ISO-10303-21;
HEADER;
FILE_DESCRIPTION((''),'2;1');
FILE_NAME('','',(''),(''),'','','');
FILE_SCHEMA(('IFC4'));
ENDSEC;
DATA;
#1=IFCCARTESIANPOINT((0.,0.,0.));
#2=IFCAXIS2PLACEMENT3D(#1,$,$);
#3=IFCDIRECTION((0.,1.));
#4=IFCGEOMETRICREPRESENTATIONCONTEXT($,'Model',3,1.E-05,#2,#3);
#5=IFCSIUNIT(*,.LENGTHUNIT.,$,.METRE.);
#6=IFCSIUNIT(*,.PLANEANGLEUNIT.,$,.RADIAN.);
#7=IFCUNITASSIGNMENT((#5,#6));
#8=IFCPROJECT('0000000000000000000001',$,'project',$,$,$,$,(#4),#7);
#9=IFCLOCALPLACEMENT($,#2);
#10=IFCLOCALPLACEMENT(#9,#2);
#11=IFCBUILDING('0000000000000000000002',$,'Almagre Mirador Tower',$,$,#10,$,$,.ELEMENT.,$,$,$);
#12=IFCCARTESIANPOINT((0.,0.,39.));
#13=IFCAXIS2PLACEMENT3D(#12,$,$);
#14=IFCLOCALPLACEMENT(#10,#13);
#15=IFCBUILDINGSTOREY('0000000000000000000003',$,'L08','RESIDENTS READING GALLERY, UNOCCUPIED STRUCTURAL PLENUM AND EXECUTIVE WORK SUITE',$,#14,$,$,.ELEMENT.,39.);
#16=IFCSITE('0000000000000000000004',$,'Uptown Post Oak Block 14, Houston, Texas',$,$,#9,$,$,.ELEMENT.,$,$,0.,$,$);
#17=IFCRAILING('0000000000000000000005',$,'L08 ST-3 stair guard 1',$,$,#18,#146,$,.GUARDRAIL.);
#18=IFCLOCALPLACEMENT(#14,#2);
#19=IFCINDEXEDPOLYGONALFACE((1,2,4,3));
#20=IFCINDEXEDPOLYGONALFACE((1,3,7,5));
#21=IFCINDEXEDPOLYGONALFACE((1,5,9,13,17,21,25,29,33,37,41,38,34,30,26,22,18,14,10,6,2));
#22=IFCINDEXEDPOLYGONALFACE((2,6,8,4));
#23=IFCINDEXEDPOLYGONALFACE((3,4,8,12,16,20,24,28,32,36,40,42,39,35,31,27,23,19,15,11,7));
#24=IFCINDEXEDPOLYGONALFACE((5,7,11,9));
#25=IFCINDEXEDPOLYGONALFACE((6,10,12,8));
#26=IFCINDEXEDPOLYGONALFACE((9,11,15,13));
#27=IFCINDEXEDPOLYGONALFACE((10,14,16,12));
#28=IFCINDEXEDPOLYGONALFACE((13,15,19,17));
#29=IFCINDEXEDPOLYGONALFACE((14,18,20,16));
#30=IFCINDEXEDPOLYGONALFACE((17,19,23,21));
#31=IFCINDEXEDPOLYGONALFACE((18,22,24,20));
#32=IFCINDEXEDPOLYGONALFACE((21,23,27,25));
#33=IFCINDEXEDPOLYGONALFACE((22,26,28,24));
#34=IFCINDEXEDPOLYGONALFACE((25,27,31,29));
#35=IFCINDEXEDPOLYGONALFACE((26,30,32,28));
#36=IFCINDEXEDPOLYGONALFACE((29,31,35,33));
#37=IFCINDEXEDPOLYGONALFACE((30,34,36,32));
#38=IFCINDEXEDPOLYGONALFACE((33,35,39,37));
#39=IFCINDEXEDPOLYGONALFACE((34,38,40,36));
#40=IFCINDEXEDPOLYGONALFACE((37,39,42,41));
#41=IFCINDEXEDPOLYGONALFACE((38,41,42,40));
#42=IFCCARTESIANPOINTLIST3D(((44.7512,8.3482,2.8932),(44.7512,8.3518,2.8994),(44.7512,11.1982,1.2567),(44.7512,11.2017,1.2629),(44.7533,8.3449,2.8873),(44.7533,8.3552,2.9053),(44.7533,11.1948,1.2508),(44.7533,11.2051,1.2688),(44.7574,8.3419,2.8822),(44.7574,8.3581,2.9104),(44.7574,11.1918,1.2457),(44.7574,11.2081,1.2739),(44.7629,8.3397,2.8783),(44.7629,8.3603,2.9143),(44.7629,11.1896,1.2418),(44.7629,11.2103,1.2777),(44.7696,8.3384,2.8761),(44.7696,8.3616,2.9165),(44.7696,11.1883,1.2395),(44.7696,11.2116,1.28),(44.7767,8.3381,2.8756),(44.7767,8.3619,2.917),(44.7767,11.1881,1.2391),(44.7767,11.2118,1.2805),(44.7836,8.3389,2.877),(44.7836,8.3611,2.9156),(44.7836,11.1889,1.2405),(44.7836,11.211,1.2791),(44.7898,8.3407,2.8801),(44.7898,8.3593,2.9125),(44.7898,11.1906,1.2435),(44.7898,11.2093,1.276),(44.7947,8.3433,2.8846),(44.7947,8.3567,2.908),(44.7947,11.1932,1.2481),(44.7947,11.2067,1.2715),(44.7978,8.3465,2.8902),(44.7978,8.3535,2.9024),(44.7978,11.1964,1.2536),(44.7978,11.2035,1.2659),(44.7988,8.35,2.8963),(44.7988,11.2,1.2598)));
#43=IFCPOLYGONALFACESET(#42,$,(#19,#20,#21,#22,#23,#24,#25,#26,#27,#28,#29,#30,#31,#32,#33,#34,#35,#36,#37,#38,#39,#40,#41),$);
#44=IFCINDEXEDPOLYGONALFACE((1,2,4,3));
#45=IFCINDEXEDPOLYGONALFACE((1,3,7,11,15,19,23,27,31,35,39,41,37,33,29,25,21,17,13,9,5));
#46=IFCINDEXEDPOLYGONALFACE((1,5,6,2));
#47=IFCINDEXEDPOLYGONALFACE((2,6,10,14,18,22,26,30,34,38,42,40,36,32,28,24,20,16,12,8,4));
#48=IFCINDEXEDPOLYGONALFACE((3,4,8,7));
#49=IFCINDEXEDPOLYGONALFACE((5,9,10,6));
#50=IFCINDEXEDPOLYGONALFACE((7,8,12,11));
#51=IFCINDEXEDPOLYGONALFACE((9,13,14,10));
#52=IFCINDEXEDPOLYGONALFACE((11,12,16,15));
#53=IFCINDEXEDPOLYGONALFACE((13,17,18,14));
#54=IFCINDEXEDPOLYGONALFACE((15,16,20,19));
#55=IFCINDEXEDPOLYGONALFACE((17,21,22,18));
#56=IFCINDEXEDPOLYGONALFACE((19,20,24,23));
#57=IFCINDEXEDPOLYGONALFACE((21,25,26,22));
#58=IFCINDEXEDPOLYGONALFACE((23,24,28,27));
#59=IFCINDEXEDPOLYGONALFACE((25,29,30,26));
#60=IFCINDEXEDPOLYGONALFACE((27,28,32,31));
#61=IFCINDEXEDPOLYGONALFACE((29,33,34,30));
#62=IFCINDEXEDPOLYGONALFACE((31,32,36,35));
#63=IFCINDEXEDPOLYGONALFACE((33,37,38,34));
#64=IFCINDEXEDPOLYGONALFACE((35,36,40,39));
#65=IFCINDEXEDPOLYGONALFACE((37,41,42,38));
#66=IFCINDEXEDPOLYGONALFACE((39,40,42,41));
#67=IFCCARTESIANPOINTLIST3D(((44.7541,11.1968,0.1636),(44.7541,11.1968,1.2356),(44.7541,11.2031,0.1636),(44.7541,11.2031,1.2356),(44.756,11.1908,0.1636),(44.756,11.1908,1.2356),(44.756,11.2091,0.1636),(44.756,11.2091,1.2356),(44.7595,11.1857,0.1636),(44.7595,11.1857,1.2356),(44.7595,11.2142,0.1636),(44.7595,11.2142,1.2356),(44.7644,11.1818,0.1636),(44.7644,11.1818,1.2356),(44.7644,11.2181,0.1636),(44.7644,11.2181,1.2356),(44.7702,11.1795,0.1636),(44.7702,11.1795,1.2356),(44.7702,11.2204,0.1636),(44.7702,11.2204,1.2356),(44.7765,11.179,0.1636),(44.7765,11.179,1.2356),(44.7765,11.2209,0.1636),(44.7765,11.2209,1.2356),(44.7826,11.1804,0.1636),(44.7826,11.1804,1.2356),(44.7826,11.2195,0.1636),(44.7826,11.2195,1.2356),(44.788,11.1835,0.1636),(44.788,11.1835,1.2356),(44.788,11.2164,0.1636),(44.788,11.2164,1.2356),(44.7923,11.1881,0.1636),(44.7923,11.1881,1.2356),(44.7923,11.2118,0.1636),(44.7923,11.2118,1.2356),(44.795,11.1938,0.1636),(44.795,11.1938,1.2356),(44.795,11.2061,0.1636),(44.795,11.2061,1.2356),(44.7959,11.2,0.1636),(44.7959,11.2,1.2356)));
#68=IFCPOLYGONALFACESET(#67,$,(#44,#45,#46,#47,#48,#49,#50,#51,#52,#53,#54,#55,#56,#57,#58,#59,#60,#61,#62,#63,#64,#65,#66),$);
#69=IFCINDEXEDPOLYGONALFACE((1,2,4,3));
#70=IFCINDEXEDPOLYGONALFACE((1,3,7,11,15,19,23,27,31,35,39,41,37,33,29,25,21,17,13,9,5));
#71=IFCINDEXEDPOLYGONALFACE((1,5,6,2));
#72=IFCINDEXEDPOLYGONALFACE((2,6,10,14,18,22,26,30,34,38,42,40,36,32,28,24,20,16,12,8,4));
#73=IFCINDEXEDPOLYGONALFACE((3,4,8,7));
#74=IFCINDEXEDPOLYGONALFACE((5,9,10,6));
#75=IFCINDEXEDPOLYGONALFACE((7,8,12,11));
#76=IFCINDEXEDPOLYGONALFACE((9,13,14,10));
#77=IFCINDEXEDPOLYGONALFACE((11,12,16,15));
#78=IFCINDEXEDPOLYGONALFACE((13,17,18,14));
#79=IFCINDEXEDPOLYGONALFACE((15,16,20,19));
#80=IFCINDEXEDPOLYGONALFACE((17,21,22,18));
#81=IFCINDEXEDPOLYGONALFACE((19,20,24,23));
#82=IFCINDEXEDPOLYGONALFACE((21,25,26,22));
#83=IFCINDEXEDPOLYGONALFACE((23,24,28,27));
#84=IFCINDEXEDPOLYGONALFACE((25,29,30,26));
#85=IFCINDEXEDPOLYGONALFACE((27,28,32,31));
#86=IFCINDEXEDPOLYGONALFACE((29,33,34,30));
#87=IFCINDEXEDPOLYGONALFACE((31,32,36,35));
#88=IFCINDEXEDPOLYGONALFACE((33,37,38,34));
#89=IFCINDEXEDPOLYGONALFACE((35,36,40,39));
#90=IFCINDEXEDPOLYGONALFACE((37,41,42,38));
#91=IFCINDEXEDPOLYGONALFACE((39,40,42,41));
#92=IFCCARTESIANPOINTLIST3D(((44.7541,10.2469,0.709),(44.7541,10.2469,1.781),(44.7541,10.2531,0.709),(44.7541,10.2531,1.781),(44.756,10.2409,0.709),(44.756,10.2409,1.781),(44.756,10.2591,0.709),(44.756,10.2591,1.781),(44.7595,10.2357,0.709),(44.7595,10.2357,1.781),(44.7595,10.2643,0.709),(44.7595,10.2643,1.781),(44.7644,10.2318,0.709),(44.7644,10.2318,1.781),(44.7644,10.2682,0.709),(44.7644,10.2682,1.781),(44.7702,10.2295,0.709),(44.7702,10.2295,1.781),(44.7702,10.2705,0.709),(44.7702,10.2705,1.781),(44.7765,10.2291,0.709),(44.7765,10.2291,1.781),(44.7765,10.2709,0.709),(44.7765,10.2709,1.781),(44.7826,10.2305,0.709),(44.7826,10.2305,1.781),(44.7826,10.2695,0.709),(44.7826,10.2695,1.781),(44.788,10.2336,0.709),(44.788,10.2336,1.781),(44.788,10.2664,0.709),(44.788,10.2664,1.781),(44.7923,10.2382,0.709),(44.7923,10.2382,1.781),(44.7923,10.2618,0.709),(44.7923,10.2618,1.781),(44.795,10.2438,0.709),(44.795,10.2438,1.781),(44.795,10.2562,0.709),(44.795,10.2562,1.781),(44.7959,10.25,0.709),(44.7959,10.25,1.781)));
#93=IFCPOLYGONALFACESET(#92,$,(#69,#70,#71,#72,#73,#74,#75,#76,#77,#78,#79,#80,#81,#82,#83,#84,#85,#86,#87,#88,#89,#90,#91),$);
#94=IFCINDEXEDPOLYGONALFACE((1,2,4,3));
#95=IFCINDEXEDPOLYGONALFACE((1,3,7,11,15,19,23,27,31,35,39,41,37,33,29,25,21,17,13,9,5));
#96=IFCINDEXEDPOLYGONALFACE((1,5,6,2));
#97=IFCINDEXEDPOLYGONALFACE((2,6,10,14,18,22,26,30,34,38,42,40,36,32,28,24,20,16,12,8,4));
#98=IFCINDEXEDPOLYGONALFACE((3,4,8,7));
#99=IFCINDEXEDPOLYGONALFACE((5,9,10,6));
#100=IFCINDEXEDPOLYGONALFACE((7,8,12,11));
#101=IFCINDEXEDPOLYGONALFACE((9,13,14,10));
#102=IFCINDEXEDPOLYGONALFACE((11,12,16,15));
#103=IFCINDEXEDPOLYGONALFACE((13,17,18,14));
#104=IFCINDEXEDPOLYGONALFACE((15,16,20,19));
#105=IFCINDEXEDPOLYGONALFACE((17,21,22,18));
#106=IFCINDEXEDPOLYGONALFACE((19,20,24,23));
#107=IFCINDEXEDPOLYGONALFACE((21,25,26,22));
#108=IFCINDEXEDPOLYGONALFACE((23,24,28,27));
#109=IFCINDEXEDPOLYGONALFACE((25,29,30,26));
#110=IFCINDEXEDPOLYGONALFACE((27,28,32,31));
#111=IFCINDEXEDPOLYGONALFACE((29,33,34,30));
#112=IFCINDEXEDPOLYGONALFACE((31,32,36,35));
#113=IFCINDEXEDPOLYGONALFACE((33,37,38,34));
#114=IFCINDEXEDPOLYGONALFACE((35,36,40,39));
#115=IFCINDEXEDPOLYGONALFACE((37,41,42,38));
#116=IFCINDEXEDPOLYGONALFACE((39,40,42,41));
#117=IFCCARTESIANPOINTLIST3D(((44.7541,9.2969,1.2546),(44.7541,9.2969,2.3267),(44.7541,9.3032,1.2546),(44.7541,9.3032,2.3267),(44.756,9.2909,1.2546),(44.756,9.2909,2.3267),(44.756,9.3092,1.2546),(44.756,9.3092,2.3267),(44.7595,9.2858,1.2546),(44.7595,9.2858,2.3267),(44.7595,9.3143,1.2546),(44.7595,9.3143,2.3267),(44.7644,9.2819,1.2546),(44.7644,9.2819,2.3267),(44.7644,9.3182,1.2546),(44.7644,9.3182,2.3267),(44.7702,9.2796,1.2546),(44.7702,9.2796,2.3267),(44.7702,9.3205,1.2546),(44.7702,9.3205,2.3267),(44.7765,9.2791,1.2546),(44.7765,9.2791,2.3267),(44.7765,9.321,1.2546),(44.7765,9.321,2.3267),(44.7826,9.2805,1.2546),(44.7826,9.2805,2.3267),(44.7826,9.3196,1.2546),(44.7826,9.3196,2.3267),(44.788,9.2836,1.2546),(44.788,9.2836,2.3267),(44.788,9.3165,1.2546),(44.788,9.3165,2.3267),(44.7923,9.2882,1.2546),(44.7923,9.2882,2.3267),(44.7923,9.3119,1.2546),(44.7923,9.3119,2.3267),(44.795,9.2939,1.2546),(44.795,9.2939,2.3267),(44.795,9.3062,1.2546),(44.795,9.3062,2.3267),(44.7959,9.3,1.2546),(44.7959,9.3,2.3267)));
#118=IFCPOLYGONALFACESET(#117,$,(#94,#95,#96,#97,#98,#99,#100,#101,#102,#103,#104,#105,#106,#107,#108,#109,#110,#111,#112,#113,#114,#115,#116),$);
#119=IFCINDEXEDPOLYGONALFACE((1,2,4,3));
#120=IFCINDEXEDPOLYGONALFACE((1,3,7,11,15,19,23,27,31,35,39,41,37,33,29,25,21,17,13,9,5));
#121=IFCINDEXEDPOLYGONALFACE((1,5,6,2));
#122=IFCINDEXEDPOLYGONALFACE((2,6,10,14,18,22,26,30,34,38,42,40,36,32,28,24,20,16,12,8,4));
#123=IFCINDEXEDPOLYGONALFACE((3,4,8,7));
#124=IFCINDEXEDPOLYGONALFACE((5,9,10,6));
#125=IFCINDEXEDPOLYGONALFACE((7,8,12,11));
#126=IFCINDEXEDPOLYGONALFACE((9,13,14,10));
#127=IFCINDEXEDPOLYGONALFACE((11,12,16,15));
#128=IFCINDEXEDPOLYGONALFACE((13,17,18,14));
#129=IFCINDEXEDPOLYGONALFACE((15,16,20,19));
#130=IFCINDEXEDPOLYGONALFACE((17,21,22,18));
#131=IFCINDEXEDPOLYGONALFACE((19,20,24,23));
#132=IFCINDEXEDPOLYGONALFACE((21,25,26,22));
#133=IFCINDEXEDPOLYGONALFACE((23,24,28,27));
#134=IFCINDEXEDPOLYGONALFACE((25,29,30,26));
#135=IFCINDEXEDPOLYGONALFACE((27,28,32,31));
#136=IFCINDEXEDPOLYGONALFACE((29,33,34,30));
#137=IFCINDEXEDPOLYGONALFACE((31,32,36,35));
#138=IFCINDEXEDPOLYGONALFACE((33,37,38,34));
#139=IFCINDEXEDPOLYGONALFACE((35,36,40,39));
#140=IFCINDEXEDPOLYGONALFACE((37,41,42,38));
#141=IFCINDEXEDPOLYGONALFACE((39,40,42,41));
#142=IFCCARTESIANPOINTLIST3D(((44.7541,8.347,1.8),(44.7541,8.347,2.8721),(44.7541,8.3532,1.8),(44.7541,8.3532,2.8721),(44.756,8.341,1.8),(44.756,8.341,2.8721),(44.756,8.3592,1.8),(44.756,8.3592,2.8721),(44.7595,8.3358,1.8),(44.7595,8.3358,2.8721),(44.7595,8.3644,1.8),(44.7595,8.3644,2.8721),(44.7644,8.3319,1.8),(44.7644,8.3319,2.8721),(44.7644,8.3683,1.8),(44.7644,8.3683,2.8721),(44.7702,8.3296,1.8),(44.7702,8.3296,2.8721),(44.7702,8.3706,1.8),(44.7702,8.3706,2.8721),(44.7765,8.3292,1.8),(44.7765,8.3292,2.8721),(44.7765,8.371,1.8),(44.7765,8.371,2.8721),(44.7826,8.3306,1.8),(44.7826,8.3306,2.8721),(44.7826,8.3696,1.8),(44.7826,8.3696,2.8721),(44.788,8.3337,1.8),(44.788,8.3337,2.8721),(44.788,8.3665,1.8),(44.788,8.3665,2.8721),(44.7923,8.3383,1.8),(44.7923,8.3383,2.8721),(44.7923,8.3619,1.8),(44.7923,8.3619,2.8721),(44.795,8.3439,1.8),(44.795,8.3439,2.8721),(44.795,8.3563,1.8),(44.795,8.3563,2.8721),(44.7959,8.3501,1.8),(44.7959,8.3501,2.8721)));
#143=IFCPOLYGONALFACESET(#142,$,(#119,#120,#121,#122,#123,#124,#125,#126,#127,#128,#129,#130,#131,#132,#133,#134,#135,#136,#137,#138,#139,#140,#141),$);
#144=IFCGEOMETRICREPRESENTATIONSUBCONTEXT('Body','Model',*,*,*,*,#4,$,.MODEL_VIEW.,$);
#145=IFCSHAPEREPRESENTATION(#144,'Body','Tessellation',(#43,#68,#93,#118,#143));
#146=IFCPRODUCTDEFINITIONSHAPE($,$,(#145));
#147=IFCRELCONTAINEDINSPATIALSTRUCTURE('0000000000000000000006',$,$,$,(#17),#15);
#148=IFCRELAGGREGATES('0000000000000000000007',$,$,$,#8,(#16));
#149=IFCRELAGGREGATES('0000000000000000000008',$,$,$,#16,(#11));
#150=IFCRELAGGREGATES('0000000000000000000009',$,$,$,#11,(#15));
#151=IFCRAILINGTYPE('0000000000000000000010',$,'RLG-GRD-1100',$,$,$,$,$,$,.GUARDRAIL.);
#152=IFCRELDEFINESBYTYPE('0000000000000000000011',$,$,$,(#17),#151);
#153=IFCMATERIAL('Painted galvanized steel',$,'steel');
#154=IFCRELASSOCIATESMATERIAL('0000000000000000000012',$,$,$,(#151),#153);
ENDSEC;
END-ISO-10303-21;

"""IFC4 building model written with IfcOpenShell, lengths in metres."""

from ifc_helpers import new_model, si_unit, direction, frame, origin, origin_2d, place, context, subcontext, project, spatial, circle, extrude, material, type_object, element, save


model = new_model("IFC4")

# Units and contexts
model_context = context("Model", 3, precision=1e-05, world=origin(), true_north=direction((0.0, 1.0)))
body_context = subcontext(model_context, "Body", "Model", "MODEL_VIEW")
ifc_project = project(units=[si_unit("LENGTHUNIT", "METRE"), si_unit("PLANEANGLEUNIT", "RADIAN")], contexts=[model_context])

# Site, building, storey
site_placement = place(None, origin())
site = spatial("IfcSite", under=ifc_project, at=site_placement, Name="Uptown Post Oak Block 14, Houston, Texas", CompositionType="ELEMENT", RefElevation=0.0)
building_placement = place(site_placement, origin())
building = spatial("IfcBuilding", under=site, at=building_placement, Name="Almagre Mirador Tower", CompositionType="ELEMENT")
storey_placement = place(building_placement, frame((0.0, 0.0, 39.0)))
storey = spatial("IfcBuildingStorey", under=building, at=storey_placement, Name="L08", Description="RESIDENTS READING GALLERY, UNOCCUPIED STRUCTURAL PLENUM AND EXECUTIVE WORK SUITE", CompositionType="ELEMENT", Elevation=39.0)

# Railing
ifc_material_1 = material(Name="Painted galvanized steel", Category="steel")
railing_type_1 = type_object("IfcRailingType", Name="RLG-GRD-1100", PredefinedType="GUARDRAIL", material=ifc_material_1)
railing_1_placement = place(storey_placement, frame((44.7749, 11.2, 0.1636)))
element("IfcRailing", 1, at=railing_1_placement, inside=storey, type_object=railing_type_1, Name="L08 ST-3 stair guard 1", PredefinedType="GUARDRAIL", context=body_context, shape_type="SweptSolid", body=[
    extrude(circle(Radius=0.0239, at=origin_2d()), frame((0.0, 0.0, 1.0962), z_axis=(0.0, -0.867194, 0.49797), x_axis=(1.0, 0.0, 0.0)), (0.0, 0.0, 1.0), 3.2864),
    extrude(circle(Radius=0.021, at=origin_2d()), origin(), (0.0, 0.0, 1.0), 1.072),
    extrude(circle(Radius=0.021, at=origin_2d()), frame((0.0, -0.95, 0.5454)), (0.0, 0.0, 1.0), 1.072),
    extrude(circle(Radius=0.021, at=origin_2d()), frame((0.0, -1.8999, 1.0911)), (0.0, 0.0, 1.0), 1.072),
    extrude(circle(Radius=0.021, at=origin_2d()), frame((0.0, -2.8499, 1.6365)), (0.0, 0.0, 1.0), 1.072),
])

save(model, "model.ifc")
